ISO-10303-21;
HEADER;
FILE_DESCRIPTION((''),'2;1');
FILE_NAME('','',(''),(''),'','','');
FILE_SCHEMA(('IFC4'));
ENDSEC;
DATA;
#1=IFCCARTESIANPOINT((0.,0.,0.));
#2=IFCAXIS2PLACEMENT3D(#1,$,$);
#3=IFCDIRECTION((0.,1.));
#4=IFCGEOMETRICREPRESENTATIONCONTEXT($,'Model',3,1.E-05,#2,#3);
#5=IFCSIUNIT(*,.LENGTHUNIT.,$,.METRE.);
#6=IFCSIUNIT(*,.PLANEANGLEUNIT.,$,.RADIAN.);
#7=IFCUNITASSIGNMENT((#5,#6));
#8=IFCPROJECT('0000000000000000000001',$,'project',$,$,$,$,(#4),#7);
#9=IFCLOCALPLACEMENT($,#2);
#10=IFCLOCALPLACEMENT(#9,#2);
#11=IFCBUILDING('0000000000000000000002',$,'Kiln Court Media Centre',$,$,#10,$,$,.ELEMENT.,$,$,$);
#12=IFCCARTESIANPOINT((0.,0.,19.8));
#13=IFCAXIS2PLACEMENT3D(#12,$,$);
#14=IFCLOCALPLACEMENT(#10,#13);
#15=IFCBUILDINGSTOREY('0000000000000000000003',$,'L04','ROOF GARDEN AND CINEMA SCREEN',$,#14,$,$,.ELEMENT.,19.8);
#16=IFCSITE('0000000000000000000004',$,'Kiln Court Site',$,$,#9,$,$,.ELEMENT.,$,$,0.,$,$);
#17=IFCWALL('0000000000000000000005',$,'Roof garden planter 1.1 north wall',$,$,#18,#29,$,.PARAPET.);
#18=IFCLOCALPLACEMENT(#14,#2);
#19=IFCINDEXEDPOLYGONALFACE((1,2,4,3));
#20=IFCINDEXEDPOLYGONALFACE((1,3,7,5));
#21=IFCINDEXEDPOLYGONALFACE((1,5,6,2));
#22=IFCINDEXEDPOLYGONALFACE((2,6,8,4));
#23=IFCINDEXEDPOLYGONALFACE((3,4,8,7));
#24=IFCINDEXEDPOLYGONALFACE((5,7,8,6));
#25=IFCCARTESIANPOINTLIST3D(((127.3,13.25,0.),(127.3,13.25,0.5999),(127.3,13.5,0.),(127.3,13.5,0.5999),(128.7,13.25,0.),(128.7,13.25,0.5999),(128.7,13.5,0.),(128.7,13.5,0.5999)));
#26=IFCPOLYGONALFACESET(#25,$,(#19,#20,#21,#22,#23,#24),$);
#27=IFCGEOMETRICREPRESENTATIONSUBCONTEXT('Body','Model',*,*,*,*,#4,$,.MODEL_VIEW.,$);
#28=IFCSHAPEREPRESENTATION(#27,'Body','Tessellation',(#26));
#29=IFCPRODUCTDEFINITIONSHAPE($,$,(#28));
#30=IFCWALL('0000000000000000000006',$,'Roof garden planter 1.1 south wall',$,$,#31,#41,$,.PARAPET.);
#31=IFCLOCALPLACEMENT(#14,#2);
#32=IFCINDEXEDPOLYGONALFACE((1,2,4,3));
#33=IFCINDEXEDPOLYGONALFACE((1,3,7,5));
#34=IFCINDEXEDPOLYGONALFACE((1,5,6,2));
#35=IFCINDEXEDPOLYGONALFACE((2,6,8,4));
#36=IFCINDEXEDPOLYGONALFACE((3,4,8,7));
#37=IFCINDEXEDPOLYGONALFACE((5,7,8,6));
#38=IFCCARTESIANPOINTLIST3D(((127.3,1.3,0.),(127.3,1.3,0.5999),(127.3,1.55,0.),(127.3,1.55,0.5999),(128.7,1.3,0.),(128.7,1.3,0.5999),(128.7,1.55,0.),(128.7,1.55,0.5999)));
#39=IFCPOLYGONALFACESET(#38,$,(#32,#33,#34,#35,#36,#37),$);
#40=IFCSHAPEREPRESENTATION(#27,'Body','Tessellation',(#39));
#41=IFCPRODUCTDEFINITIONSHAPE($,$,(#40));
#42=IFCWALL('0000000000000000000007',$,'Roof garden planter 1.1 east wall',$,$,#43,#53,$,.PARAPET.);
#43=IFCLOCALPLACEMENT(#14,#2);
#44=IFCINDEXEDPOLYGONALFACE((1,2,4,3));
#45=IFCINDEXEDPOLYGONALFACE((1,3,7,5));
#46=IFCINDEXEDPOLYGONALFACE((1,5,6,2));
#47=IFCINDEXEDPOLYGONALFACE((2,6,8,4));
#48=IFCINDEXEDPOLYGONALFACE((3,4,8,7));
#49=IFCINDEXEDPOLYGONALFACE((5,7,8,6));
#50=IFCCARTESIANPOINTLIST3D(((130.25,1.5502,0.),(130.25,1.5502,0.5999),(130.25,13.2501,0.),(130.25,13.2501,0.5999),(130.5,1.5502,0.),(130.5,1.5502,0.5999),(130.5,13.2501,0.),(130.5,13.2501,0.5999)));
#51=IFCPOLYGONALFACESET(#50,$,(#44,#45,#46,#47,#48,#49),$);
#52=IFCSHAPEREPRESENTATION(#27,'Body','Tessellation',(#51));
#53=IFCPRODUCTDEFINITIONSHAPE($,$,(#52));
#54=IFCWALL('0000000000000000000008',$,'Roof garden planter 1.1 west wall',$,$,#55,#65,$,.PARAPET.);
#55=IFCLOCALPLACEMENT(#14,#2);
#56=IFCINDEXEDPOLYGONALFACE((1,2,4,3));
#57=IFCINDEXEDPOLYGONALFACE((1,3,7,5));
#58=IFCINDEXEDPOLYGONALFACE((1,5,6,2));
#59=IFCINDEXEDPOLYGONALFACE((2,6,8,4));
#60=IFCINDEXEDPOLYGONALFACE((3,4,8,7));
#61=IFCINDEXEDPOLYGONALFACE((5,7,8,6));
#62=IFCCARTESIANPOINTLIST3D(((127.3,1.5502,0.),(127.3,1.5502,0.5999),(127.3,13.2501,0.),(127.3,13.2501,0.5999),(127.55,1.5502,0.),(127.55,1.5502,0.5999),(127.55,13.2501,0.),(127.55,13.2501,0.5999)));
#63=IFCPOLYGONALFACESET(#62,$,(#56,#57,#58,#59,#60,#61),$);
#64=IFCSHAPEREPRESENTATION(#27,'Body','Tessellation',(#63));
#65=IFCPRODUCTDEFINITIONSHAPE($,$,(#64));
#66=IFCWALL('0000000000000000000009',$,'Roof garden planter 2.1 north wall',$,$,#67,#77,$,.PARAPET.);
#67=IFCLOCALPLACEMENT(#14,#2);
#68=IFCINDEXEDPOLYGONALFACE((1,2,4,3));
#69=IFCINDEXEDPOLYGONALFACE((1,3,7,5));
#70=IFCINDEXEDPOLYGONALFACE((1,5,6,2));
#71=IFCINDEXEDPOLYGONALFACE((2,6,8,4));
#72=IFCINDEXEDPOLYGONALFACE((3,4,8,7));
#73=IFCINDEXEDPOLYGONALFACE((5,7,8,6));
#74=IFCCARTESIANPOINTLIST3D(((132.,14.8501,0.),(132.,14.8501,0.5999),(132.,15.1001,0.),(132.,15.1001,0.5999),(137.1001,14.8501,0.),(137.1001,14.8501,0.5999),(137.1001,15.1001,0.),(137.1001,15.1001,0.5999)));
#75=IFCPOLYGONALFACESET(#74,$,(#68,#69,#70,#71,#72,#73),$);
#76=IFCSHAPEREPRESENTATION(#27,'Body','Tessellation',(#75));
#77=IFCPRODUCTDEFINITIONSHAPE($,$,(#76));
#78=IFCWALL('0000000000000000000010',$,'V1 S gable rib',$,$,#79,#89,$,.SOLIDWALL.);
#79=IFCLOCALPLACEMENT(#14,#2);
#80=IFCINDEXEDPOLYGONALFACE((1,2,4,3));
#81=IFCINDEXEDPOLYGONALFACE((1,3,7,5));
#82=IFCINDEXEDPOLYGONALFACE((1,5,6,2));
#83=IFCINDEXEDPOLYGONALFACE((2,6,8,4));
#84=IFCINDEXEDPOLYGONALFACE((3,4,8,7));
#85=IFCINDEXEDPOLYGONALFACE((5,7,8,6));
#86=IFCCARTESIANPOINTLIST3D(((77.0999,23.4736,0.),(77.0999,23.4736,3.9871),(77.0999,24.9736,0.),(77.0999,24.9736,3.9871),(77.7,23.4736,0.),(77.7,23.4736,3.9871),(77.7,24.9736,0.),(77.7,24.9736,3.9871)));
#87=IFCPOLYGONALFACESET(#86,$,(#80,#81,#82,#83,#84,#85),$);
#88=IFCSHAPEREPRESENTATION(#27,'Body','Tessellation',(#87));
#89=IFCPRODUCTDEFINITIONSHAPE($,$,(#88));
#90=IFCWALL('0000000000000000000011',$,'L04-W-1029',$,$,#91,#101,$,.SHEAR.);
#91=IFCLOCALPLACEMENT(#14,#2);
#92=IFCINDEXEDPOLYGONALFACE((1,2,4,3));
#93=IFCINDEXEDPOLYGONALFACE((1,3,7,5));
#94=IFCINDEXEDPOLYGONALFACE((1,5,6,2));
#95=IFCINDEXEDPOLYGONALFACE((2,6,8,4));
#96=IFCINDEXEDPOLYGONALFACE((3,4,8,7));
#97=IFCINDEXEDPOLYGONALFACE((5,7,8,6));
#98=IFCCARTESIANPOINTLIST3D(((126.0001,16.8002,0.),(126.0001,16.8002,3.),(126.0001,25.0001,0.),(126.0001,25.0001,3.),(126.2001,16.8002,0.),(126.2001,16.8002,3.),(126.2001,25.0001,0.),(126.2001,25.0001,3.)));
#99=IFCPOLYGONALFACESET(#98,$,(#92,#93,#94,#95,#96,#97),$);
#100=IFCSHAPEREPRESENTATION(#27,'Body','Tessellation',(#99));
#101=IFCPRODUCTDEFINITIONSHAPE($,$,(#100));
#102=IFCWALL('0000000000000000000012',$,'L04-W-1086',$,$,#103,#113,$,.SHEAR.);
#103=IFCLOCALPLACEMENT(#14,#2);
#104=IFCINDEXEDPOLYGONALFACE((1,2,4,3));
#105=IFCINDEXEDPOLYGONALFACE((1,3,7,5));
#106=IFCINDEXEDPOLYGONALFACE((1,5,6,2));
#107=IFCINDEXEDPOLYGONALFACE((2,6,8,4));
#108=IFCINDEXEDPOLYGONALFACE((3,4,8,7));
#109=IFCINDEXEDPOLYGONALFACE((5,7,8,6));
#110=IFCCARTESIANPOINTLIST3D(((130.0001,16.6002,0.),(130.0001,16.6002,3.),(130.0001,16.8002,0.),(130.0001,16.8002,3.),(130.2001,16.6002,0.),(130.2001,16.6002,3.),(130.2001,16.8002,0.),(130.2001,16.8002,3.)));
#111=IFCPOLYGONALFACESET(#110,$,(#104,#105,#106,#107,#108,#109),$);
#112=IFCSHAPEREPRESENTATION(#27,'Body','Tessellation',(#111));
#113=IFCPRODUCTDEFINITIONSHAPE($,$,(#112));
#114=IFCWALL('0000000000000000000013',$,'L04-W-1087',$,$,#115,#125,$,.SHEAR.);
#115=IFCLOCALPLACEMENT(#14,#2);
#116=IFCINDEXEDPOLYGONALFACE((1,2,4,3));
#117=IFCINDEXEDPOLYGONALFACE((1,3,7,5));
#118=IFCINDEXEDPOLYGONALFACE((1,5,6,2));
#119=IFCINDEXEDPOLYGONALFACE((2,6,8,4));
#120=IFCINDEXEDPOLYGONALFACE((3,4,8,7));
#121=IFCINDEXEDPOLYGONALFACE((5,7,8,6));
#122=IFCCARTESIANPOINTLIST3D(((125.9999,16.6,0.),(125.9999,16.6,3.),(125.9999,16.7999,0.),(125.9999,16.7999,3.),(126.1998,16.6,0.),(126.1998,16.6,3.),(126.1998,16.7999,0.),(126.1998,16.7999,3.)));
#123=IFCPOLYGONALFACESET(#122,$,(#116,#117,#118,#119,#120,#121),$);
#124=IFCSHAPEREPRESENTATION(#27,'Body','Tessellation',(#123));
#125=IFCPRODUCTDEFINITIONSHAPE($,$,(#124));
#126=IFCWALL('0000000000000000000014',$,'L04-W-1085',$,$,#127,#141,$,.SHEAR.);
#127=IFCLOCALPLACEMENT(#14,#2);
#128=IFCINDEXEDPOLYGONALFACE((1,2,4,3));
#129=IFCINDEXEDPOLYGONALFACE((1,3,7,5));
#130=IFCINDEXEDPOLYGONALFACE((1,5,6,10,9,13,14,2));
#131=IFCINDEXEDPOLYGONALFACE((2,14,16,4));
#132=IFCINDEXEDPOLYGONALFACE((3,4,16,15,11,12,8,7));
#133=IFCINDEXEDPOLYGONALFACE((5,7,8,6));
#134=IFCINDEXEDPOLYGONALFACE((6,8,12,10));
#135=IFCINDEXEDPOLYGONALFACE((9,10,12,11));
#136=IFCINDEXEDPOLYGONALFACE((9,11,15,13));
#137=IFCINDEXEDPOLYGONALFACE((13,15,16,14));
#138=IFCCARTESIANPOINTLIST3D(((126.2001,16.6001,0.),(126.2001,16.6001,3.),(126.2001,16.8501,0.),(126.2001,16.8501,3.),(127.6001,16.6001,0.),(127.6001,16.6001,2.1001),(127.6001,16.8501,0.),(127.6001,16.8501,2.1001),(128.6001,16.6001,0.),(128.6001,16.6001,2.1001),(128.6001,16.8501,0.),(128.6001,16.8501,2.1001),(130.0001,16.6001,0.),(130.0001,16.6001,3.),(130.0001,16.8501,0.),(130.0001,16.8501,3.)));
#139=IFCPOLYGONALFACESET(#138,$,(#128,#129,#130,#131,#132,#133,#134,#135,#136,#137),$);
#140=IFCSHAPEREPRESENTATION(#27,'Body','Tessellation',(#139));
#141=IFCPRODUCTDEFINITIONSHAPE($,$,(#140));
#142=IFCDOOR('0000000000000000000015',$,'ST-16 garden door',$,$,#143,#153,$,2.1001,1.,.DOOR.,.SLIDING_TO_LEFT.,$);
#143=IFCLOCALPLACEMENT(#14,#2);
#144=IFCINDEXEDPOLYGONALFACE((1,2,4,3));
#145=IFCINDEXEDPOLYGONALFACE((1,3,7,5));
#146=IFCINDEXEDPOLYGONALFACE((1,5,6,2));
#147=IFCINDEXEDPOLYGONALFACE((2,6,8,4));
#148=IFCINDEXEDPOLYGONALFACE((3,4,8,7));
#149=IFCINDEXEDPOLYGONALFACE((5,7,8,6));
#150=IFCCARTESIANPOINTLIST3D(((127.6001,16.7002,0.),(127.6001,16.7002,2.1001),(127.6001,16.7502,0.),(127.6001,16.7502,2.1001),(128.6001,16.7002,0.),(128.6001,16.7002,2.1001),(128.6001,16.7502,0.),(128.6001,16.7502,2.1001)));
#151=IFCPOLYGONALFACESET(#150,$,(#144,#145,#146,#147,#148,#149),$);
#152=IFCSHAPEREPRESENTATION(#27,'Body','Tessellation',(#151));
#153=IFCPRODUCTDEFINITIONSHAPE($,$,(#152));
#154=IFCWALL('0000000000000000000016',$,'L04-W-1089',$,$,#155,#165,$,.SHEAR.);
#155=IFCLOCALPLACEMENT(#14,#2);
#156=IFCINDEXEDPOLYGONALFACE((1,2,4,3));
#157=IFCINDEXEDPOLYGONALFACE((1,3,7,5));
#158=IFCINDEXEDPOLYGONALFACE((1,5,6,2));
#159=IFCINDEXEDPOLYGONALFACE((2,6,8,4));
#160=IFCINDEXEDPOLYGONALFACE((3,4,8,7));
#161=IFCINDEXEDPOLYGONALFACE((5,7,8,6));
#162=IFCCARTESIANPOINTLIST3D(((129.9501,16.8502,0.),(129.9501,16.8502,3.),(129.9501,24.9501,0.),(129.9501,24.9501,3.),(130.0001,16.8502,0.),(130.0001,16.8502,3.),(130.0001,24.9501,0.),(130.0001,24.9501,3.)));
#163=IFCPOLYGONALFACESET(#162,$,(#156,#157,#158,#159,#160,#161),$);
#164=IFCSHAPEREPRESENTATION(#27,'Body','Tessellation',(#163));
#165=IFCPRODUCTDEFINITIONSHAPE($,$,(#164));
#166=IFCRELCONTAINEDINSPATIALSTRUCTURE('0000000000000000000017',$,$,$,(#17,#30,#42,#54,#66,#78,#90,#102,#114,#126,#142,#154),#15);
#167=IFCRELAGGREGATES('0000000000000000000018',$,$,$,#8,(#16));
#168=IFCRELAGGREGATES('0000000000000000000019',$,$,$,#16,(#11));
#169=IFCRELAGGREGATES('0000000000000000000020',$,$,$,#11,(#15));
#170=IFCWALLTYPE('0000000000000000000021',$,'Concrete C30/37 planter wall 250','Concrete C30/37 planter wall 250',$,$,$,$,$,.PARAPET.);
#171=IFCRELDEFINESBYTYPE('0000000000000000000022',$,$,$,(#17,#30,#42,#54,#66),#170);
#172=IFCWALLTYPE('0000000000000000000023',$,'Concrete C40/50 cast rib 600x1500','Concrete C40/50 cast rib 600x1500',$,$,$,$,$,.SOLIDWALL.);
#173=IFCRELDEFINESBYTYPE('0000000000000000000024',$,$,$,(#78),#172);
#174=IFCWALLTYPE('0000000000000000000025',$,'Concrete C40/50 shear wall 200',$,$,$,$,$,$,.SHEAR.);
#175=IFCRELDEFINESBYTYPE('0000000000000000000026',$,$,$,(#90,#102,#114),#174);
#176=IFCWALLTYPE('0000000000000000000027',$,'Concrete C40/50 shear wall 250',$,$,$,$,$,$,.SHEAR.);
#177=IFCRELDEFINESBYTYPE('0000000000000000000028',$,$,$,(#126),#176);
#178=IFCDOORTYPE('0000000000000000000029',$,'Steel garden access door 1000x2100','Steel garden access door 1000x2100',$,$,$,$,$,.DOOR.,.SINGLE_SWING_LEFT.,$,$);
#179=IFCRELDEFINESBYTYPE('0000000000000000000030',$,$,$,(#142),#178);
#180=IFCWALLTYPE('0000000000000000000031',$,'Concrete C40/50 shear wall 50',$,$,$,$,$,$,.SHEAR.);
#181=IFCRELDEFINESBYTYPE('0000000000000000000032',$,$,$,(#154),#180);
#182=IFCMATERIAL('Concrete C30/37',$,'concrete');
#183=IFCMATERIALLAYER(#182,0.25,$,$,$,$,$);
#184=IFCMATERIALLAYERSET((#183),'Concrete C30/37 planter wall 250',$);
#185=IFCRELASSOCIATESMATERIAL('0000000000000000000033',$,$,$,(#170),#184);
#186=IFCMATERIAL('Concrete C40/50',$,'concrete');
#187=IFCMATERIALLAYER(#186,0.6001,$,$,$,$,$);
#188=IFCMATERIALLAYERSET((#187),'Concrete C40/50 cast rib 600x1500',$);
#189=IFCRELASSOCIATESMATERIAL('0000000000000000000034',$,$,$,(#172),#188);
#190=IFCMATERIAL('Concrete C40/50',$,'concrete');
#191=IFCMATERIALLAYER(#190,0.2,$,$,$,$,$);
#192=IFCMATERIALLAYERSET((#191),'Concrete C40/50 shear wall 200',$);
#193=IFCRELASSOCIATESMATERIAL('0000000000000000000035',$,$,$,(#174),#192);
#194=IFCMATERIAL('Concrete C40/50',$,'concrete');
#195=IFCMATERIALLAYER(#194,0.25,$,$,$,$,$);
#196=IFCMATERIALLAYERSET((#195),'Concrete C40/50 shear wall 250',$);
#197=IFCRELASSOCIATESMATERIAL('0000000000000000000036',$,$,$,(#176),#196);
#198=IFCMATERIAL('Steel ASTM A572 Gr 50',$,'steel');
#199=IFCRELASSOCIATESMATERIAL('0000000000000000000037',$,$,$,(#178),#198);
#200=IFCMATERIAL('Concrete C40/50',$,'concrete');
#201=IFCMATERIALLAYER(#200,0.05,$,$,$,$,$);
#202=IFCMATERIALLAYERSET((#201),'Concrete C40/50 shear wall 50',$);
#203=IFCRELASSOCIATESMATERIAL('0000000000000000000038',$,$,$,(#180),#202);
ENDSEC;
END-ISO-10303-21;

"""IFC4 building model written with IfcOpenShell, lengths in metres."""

from ifc_helpers import new_model, si_unit, direction, frame, frame_2d, origin, place, context, subcontext, project, spatial, rectangle, extrude, material, layer, layer_set, type_object, element, fill, save


model = new_model("IFC4")

# Units and contexts
model_context = context("Model", 3, precision=1e-05, world=origin(), true_north=direction((0.0, 1.0)))
body_context = subcontext(model_context, "Body", "Model", "MODEL_VIEW")
ifc_project = project(units=[si_unit("LENGTHUNIT", "METRE"), si_unit("PLANEANGLEUNIT", "RADIAN")], contexts=[model_context])

# Site, building, storey
site_placement = place(None, origin())
site = spatial("IfcSite", under=ifc_project, at=site_placement, Name="Kiln Court Site", CompositionType="ELEMENT", RefElevation=0.0)
building_placement = place(site_placement, origin())
building = spatial("IfcBuilding", under=site, at=building_placement, Name="Kiln Court Media Centre", CompositionType="ELEMENT")
storey_placement = place(building_placement, frame((0.0, 0.0, 19.8)))
storey = spatial("IfcBuildingStorey", under=building, at=storey_placement, Name="L04", Description="ROOF GARDEN AND CINEMA SCREEN", CompositionType="ELEMENT", Elevation=19.8)

# Walls
ifc_material_1 = material(Name="Concrete C30/37", Category="concrete")
ifc_layer_1 = layer(ifc_material_1, 0.25)
ifc_layer_set_1 = layer_set([ifc_layer_1], Name="Concrete C30/37 planter wall 250")
wall_type_1 = type_object("IfcWallType", Name="Concrete C30/37 planter wall 250", Description="Concrete C30/37 planter wall 250", PredefinedType="PARAPET", material=ifc_layer_set_1)
for number, where, z_axis, x_axis, name in (
    (1, (127.3, 13.375, 0.0), (0.0, 0.0, 1.0), (1.0, 0.0, 0.0), "Roof garden planter 1.1 north wall"),
    (2, (127.3, 1.425, 0.0), (0.0, 0.0, 1.0), (1.0, 0.0, 0.0), "Roof garden planter 1.1 south wall"),
):
    element("IfcWall", number, at=place(storey_placement, frame(where, z_axis=z_axis, x_axis=x_axis)), inside=storey, type_object=wall_type_1, Name=name, PredefinedType="PARAPET", context=body_context, shape_type="SweptSolid", body=[
        extrude(rectangle(XDim=1.3999, YDim=0.25, at=frame_2d((0.7, 0.0))), origin(), (0.0, 0.0, 1.0), 0.5999),
    ])
for number, where, z_axis, x_axis, name in (
    (3, (130.375, 1.55, 0.0), (0.0, 0.0, 1.0), (0.0, 1.0, 0.0), "Roof garden planter 1.1 east wall"),
    (4, (127.425, 1.55, 0.0), (0.0, 0.0, 1.0), (0.0, 1.0, 0.0), "Roof garden planter 1.1 west wall"),
):
    element("IfcWall", number, at=place(storey_placement, frame(where, z_axis=z_axis, x_axis=x_axis)), inside=storey, type_object=wall_type_1, Name=name, PredefinedType="PARAPET", context=body_context, shape_type="SweptSolid", body=[
        extrude(rectangle(XDim=11.7, YDim=0.25, at=frame_2d((5.8501, 0.0))), origin(), (0.0, 0.0, 1.0), 0.5999),
    ])
wall_1_placement = place(storey_placement, frame((132.0, 14.9751, 0.0), z_axis=(0.0, 0.0, 1.0), x_axis=(1.0, 0.0, 0.0)))
element("IfcWall", 5, at=wall_1_placement, inside=storey, type_object=wall_type_1, Name="Roof garden planter 2.1 north wall", PredefinedType="PARAPET", context=body_context, shape_type="SweptSolid", body=[
    extrude(rectangle(XDim=5.1001, YDim=0.25, at=frame_2d((2.55, 0.0))), origin(), (0.0, 0.0, 1.0), 0.5999),
])
ifc_material_2 = material(Name="Concrete C40/50", Category="concrete")
ifc_layer_2 = layer(ifc_material_2, 0.6001)
ifc_layer_set_2 = layer_set([ifc_layer_2], Name="Concrete C40/50 cast rib 600x1500")
wall_type_2 = type_object("IfcWallType", Name="Concrete C40/50 cast rib 600x1500", Description="Concrete C40/50 cast rib 600x1500", PredefinedType="SOLIDWALL", material=ifc_layer_set_2)
wall_2_placement = place(storey_placement, frame((77.3999, 24.9736, 0.0), z_axis=(0.0, 0.0, 1.0), x_axis=(0.0, -1.0, 0.0)))
element("IfcWall", 6, at=wall_2_placement, inside=storey, type_object=wall_type_2, Name="V1 S gable rib", PredefinedType="SOLIDWALL", context=body_context, shape_type="SweptSolid", body=[
    extrude(rectangle(XDim=1.5, YDim=0.6001, at=frame_2d((0.75, 0.0))), origin(), (0.0, 0.0, 1.0), 3.9871),
])
ifc_material_3 = material(Name="Concrete C40/50", Category="concrete")
ifc_layer_3 = layer(ifc_material_3, 0.2)
ifc_layer_set_3 = layer_set([ifc_layer_3], Name="Concrete C40/50 shear wall 200")
wall_type_3 = type_object("IfcWallType", Name="Concrete C40/50 shear wall 200", PredefinedType="SHEAR", material=ifc_layer_set_3)
wall_3_placement = place(storey_placement, frame((126.1001, 16.8, 0.0), z_axis=(0.0, 0.0, 1.0), x_axis=(0.0, 1.0, 0.0)))
element("IfcWall", 7, at=wall_3_placement, inside=storey, type_object=wall_type_3, Name="L04-W-1029", PredefinedType="SHEAR", context=body_context, shape_type="SweptSolid", body=[
    extrude(rectangle(XDim=8.2, YDim=0.2, at=frame_2d((4.1001, 0.0))), origin(), (0.0, 0.0, 1.0), 3.0),
])
for number, where, z_axis, x_axis, name in (
    (8, (130.1001, 16.6001, 0.0), (0.0, 0.0, 1.0), (0.0, 1.0, 0.0), "L04-W-1086"),
    (9, (126.2, 16.7, 0.0), (0.0, 0.0, 1.0), (-1.0, 0.0, 0.0), "L04-W-1087"),
):
    element("IfcWall", number, at=place(storey_placement, frame(where, z_axis=z_axis, x_axis=x_axis)), inside=storey, type_object=wall_type_3, Name=name, PredefinedType="SHEAR", context=body_context, shape_type="SweptSolid", body=[
        extrude(rectangle(XDim=0.2, YDim=0.2, at=frame_2d((0.1001, 0.0))), origin(), (0.0, 0.0, 1.0), 3.0),
    ])

# Wall, opening, door
ifc_material_4 = material(Name="Concrete C40/50", Category="concrete")
ifc_layer_4 = layer(ifc_material_4, 0.25)
ifc_layer_set_4 = layer_set([ifc_layer_4], Name="Concrete C40/50 shear wall 250")
wall_type_4 = type_object("IfcWallType", Name="Concrete C40/50 shear wall 250", PredefinedType="SHEAR", material=ifc_layer_set_4)
wall_4_placement = place(storey_placement, frame((130.0, 16.7251, 0.0), z_axis=(0.0, 0.0, 1.0), x_axis=(-1.0, 0.0, 0.0)))
wall_4 = element("IfcWall", 10, at=wall_4_placement, inside=storey, type_object=wall_type_4, Name="L04-W-1085", PredefinedType="SHEAR", context=body_context, shape_type="SweptSolid", body=[
    extrude(rectangle(XDim=3.8, YDim=0.25, at=frame_2d((1.8999, 0.0))), origin(), (0.0, 0.0, 1.0), 3.0),
])
opening_placement = place(wall_4_placement, frame((1.3999, 0.0, 0.0)))
opening = element("IfcOpeningElement", 11, at=opening_placement, cuts=wall_4, PredefinedType="OPENING", context=body_context, shape_type="SweptSolid", body=[
    extrude(rectangle(XDim=1.0, YDim=2.1001, at=frame_2d((0.5, 1.05))), frame((0.0, 0.135, 0.0), z_axis=(0.0, -1.0, 0.0), x_axis=(1.0, 0.0, 0.0)), (0.0, 0.0, 1.0), 0.27),
])
ifc_material_5 = material(Name="Steel ASTM A572 Gr 50", Category="steel")
door_type = type_object("IfcDoorType", Name="Steel garden access door 1000x2100", Description="Steel garden access door 1000x2100", OperationType="SINGLE_SWING_LEFT", PredefinedType="DOOR", material=ifc_material_5)
door_placement = place(opening_placement, origin())
door = element("IfcDoor", 12, at=door_placement, inside=storey, type_object=door_type, Name="ST-16 garden door", OperationType="SLIDING_TO_LEFT", OverallHeight=2.1001, OverallWidth=1.0, PredefinedType="DOOR", context=body_context, shape_type="SweptSolid", body=[
    extrude(rectangle(XDim=1.0, YDim=2.1001, at=frame_2d((0.5, 1.05))), frame((0.0, 0.0249, 0.0), z_axis=(0.0, -1.0, 0.0), x_axis=(1.0, 0.0, 0.0)), (0.0, 0.0, 1.0), 0.05),
])
fill(opening, door)

# Wall
ifc_material_6 = material(Name="Concrete C40/50", Category="concrete")
ifc_layer_5 = layer(ifc_material_6, 0.05)
ifc_layer_set_5 = layer_set([ifc_layer_5], Name="Concrete C40/50 shear wall 50")
wall_type_5 = type_object("IfcWallType", Name="Concrete C40/50 shear wall 50", PredefinedType="SHEAR", material=ifc_layer_set_5)
wall_5_placement = place(storey_placement, frame((129.9751, 24.95, 0.0), z_axis=(0.0, 0.0, 1.0), x_axis=(0.0, -1.0, 0.0)))
element("IfcWall", 13, at=wall_5_placement, inside=storey, type_object=wall_type_5, Name="L04-W-1089", PredefinedType="SHEAR", context=body_context, shape_type="SweptSolid", body=[
    extrude(rectangle(XDim=8.0999, YDim=0.05, at=frame_2d((4.0498, 0.0))), origin(), (0.0, 0.0, 1.0), 3.0),
])

save(model, "model.ifc")
